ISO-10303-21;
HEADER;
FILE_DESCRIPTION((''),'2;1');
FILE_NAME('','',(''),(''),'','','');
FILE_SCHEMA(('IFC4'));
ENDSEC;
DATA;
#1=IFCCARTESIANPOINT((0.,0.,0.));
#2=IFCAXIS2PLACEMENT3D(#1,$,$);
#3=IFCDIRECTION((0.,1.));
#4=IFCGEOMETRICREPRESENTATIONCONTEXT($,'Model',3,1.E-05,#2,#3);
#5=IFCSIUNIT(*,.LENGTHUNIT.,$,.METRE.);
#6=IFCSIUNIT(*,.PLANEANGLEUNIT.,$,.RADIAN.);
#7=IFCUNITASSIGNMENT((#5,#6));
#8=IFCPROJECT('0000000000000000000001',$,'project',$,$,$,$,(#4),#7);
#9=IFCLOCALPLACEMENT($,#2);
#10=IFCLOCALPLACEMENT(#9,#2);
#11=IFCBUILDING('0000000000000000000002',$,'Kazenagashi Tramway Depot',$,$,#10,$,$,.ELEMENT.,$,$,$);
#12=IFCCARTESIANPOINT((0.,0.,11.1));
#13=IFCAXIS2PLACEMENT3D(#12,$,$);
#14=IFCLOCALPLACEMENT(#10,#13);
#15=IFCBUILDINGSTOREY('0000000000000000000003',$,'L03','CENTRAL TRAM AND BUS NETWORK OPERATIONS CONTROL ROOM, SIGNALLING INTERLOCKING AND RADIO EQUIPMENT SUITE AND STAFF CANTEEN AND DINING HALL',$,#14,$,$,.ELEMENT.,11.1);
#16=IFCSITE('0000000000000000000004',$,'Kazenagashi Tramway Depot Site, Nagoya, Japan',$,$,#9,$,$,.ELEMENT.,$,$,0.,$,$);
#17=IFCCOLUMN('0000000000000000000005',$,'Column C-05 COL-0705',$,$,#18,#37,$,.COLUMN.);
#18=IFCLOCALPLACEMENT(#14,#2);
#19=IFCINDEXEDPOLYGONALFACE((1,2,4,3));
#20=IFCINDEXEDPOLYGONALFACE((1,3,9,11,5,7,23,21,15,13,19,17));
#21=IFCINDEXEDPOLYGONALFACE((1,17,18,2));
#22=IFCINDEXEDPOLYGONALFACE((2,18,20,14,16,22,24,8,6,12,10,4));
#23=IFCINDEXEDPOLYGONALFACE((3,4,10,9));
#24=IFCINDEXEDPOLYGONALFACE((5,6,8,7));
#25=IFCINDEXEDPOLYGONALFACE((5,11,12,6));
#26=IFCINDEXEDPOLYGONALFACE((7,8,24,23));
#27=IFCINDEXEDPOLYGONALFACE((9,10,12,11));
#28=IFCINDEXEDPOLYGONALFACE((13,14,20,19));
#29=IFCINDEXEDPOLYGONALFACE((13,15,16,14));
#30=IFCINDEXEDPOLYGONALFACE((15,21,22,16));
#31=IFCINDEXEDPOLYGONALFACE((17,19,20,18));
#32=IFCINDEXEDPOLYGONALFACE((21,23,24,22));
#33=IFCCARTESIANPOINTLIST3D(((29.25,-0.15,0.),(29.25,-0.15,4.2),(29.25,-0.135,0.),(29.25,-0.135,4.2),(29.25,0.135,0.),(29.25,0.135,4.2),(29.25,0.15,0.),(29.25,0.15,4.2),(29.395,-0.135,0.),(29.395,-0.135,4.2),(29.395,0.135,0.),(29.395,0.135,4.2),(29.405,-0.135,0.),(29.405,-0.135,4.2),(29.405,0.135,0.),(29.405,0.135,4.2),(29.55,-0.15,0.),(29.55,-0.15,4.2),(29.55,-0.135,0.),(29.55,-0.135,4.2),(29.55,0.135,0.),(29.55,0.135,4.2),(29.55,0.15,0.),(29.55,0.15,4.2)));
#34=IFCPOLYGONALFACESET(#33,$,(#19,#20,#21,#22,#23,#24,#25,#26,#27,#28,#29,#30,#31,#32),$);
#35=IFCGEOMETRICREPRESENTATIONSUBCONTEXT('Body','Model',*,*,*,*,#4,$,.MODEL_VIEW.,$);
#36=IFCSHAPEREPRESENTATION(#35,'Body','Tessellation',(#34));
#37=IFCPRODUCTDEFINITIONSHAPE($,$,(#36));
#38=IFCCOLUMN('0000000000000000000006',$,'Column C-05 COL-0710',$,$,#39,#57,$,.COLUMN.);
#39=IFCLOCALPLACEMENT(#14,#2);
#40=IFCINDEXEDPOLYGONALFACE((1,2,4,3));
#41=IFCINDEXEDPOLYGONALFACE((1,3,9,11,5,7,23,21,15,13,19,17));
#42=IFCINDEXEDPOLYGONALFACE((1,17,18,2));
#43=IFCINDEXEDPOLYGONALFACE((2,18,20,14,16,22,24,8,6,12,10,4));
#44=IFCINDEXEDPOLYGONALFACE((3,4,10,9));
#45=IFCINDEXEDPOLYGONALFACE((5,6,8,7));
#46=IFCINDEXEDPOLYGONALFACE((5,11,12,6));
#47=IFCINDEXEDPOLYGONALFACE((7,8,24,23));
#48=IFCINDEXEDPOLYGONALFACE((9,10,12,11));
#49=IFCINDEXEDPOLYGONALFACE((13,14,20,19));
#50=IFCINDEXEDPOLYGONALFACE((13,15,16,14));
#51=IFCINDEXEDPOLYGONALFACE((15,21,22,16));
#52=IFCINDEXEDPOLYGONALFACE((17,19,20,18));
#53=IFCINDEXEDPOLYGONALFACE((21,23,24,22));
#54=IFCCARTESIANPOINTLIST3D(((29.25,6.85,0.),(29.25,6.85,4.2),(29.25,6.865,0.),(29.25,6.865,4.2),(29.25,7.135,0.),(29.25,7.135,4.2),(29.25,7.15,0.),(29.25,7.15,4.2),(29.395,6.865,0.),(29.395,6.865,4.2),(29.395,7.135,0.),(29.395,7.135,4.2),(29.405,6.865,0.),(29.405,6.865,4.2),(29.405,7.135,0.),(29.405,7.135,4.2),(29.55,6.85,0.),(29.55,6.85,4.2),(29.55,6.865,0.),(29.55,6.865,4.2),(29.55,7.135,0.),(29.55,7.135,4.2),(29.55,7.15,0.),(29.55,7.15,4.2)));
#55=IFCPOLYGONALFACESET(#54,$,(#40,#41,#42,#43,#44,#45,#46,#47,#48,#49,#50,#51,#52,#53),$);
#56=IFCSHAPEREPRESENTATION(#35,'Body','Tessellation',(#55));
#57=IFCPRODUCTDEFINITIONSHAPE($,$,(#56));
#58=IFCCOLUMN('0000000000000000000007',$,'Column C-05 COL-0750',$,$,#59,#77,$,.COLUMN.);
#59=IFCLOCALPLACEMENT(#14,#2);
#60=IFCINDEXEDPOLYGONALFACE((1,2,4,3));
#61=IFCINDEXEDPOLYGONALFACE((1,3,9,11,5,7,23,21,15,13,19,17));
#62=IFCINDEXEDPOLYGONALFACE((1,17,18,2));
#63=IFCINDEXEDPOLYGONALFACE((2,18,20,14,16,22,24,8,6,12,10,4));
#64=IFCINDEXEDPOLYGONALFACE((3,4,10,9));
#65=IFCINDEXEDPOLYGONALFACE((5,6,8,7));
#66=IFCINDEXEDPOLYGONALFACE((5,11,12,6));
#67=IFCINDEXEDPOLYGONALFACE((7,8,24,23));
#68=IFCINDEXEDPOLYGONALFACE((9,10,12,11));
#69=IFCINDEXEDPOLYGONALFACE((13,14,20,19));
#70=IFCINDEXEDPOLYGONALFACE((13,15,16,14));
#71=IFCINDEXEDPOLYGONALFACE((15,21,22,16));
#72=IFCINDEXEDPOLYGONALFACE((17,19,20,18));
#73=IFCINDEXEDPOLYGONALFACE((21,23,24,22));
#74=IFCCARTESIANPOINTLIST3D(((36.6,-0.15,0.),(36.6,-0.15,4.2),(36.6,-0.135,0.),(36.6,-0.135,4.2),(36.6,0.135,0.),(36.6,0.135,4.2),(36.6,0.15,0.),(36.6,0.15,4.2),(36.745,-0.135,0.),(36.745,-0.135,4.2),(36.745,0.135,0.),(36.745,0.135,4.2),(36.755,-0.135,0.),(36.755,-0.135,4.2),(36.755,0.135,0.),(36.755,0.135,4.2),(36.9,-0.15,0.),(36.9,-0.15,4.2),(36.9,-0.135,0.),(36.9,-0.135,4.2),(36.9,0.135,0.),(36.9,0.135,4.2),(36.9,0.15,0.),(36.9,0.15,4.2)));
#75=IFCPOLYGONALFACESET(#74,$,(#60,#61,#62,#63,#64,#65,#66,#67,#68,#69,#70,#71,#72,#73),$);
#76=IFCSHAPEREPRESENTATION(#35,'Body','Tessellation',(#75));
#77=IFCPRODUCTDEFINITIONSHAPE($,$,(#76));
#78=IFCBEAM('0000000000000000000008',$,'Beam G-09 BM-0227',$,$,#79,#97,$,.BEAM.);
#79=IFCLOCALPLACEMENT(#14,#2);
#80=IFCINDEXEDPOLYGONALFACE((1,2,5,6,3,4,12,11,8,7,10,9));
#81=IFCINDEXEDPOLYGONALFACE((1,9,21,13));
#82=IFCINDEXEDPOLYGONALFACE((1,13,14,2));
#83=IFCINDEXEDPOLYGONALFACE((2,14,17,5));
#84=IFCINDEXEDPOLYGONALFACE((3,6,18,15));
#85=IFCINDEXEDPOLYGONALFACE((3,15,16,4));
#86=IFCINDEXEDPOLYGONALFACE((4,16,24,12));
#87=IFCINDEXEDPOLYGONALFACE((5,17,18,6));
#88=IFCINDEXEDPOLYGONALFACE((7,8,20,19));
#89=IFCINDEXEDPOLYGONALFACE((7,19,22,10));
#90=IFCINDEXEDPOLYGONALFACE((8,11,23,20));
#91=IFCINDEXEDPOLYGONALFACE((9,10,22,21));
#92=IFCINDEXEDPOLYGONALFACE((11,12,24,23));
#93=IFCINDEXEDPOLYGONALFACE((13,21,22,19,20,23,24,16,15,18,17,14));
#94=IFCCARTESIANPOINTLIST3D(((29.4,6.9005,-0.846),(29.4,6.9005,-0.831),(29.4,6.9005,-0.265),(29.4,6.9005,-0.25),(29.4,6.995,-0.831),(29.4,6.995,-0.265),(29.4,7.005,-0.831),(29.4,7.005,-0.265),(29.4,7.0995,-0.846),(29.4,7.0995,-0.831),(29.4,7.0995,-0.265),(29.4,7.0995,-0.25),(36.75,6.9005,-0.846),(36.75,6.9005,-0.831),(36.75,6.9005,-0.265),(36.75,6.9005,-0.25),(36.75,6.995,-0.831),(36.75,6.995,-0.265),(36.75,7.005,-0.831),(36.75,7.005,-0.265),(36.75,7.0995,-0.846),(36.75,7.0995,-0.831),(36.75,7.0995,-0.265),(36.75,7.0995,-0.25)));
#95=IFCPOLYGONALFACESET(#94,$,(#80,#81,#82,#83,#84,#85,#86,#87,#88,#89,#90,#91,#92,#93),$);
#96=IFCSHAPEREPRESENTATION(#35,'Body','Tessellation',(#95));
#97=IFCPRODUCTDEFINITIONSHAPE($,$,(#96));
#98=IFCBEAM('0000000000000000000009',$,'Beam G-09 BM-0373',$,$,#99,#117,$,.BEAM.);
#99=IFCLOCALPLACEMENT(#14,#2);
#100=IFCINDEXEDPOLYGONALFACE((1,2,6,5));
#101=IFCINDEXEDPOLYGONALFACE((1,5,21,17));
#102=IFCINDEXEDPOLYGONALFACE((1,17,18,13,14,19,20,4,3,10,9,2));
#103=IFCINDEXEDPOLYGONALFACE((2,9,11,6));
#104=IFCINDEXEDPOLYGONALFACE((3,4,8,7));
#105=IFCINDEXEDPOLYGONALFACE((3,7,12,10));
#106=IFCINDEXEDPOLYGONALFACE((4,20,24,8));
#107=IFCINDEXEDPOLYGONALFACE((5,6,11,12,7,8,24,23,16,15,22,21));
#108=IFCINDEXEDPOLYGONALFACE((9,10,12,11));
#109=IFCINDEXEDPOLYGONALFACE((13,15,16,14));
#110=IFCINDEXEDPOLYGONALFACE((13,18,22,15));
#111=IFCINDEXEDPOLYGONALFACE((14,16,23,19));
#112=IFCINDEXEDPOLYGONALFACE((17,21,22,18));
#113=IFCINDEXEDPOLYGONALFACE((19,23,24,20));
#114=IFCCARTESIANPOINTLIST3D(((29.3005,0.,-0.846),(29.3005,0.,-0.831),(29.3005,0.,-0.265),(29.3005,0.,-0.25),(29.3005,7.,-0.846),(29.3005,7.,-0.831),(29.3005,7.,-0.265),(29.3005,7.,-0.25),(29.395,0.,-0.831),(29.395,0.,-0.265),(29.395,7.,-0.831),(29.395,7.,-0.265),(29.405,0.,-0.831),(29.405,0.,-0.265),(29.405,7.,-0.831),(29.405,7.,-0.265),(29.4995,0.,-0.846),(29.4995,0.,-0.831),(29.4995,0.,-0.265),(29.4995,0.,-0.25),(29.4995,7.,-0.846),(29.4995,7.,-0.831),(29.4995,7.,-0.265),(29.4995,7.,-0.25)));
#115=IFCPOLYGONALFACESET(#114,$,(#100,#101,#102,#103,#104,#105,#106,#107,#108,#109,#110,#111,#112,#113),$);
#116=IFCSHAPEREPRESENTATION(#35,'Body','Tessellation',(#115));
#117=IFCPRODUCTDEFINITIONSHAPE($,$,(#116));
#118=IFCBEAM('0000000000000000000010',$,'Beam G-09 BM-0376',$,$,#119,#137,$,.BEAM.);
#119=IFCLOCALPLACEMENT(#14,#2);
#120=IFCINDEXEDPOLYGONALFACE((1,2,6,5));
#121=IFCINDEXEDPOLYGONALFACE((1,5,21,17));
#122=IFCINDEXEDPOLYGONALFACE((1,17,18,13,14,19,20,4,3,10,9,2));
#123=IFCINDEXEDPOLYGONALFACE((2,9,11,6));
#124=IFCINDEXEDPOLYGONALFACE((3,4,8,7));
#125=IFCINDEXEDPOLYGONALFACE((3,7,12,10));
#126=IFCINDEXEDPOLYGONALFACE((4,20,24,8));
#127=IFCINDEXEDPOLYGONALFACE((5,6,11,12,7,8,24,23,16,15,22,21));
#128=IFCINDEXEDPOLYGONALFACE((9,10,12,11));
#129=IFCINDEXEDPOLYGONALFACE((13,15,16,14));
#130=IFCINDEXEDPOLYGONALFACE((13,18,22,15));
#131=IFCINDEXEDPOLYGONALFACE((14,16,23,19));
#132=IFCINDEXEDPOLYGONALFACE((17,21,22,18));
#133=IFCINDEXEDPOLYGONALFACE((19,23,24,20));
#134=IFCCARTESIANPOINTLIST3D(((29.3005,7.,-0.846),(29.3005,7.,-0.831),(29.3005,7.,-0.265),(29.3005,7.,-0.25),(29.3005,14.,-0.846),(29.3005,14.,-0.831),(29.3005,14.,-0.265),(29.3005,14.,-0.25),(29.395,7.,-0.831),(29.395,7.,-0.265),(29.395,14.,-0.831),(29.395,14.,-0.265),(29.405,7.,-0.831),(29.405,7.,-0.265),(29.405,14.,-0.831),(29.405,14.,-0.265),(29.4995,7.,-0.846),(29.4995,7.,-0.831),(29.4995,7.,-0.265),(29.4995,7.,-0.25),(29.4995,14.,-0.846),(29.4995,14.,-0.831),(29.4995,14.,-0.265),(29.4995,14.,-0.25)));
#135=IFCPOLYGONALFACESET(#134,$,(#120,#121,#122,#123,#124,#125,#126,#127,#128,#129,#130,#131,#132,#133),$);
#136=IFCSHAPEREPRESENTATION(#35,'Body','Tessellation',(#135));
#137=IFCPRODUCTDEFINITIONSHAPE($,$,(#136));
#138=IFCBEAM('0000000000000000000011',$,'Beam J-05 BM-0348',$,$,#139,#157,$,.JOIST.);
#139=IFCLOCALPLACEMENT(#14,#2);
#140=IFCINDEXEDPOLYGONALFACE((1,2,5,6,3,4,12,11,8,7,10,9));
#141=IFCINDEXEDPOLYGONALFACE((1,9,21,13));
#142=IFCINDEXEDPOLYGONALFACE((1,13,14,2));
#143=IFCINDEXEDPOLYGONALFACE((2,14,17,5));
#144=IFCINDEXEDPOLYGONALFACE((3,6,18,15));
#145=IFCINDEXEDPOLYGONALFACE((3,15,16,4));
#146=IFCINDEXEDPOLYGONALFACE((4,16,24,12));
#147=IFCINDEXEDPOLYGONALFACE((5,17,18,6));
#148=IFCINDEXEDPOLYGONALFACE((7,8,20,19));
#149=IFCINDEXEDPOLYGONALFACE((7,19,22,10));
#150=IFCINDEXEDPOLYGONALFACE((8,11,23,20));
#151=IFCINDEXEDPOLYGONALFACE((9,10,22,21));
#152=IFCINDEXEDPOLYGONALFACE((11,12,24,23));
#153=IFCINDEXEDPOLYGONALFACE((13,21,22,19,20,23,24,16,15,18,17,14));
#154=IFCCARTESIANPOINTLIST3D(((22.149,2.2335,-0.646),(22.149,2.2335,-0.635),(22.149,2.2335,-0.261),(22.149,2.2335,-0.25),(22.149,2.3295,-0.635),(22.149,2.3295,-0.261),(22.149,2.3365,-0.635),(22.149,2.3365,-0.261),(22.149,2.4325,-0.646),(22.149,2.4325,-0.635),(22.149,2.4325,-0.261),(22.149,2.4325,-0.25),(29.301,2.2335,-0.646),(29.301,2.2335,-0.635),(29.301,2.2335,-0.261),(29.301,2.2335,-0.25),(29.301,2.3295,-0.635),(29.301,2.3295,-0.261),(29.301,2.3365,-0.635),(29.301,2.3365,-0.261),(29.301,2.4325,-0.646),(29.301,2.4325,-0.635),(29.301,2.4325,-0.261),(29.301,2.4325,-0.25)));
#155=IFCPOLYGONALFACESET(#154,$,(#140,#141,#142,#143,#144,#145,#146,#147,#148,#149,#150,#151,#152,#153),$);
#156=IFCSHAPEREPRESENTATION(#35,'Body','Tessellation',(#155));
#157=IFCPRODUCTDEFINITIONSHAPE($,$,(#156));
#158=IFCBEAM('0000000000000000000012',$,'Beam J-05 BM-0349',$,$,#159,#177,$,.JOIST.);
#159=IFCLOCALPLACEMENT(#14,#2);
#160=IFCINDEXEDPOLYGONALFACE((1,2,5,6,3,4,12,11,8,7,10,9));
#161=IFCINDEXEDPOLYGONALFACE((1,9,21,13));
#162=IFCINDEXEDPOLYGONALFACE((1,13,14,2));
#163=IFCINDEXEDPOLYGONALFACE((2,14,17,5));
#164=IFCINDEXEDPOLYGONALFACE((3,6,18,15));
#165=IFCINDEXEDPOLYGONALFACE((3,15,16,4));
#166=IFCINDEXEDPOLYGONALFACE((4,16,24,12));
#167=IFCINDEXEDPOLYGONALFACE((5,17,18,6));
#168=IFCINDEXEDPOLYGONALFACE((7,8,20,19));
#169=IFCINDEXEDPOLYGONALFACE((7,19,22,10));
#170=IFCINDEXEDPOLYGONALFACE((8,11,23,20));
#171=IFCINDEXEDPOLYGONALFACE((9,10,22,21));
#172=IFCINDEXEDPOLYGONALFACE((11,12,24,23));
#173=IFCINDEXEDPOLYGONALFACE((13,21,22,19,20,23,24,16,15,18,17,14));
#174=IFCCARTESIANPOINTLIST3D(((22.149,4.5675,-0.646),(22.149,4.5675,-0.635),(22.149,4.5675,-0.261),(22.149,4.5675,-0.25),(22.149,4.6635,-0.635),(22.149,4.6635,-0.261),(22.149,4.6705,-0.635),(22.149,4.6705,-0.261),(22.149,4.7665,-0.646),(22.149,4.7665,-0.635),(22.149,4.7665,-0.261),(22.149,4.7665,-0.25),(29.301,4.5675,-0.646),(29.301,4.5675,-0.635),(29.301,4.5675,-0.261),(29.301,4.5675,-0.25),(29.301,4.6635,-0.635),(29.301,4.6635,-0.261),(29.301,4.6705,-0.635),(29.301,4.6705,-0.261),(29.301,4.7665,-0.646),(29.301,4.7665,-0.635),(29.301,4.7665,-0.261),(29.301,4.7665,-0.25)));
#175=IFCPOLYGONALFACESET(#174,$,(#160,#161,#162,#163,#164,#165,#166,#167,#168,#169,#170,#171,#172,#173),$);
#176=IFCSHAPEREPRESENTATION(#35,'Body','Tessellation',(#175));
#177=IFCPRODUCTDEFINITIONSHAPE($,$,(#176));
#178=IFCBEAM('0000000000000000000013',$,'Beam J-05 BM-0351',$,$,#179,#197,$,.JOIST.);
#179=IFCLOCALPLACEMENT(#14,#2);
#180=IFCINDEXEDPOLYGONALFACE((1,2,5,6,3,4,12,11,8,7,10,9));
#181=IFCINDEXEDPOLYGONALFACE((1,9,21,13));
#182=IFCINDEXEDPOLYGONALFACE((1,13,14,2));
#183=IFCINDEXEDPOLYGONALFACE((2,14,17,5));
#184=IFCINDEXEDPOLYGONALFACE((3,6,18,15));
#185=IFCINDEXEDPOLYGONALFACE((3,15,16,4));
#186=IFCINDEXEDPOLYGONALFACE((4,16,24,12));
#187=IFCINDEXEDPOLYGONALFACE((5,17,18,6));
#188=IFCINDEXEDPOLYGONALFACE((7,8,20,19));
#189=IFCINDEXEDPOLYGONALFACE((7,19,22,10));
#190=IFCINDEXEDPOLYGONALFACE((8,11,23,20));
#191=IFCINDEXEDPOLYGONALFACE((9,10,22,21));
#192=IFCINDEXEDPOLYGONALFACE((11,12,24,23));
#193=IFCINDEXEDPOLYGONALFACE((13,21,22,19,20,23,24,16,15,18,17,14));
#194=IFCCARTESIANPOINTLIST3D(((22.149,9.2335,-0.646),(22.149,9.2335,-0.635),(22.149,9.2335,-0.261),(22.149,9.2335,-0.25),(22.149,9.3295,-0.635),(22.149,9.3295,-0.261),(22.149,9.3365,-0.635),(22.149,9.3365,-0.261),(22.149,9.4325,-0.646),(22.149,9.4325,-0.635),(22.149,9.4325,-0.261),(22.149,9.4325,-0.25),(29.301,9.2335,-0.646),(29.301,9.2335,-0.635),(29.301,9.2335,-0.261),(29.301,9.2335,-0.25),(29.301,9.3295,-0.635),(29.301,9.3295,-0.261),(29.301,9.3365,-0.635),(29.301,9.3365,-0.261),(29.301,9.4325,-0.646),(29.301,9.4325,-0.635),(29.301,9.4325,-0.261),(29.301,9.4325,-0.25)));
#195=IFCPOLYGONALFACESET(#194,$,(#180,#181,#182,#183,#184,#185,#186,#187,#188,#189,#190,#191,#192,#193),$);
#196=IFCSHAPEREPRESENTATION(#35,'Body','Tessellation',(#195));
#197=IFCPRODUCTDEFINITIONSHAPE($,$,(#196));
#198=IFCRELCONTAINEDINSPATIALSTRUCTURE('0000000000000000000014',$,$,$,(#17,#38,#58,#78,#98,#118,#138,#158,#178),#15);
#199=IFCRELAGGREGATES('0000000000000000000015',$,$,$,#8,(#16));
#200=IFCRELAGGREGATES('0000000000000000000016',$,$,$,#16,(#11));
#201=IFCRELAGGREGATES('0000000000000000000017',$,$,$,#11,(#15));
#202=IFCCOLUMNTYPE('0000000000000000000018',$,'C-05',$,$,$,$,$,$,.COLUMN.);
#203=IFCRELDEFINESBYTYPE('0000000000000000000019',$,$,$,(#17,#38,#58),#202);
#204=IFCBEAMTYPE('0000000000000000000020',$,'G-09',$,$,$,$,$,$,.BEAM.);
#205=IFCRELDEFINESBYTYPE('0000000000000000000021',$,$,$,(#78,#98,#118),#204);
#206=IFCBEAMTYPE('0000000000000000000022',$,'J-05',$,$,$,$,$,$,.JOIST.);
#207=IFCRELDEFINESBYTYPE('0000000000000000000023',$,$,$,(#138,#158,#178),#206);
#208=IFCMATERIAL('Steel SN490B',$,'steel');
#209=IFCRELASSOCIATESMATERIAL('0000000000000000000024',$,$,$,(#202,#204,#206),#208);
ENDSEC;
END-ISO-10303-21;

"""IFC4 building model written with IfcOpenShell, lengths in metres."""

from ifc_helpers import new_model, si_unit, direction, frame, origin, origin_2d, place, context, subcontext, project, spatial, i_section, extrude, material, material_profile, profile_set, type_object, element, save


model = new_model("IFC4")

# Units and contexts
model_context = context("Model", 3, precision=1e-05, world=origin(), true_north=direction((0.0, 1.0)))
body_context = subcontext(model_context, "Body", "Model", "MODEL_VIEW")
ifc_project = project(units=[si_unit("LENGTHUNIT", "METRE"), si_unit("PLANEANGLEUNIT", "RADIAN")], contexts=[model_context])

# Site, building, storey
site_placement = place(None, origin())
site = spatial("IfcSite", under=ifc_project, at=site_placement, Name="Kazenagashi Tramway Depot Site, Nagoya, Japan", CompositionType="ELEMENT", RefElevation=0.0)
building_placement = place(site_placement, origin())
building = spatial("IfcBuilding", under=site, at=building_placement, Name="Kazenagashi Tramway Depot", CompositionType="ELEMENT")
storey_placement = place(building_placement, frame((0.0, 0.0, 11.1)))
storey = spatial("IfcBuildingStorey", under=building, at=storey_placement, Name="L03", Description="CENTRAL TRAM AND BUS NETWORK OPERATIONS CONTROL ROOM, SIGNALLING INTERLOCKING AND RADIO EQUIPMENT SUITE AND STAFF CANTEEN AND DINING HALL", CompositionType="ELEMENT", Elevation=11.1)

# Columns
ifc_material_1 = material(Name="Steel SN490B", Category="steel")
ifc_material_profile_1 = material_profile(ifc_material_1, i_section(OverallWidth=0.3, OverallDepth=0.3, WebThickness=0.01, FlangeThickness=0.015, at=origin_2d()), Name="H-300x300x10x15")
ifc_profile_set_1 = profile_set([ifc_material_profile_1], Name="Steel SN490B")
column_type = type_object("IfcColumnType", Name="C-05", PredefinedType="COLUMN", material=ifc_profile_set_1)
for number, where, z_axis, x_axis, name in (
    (1, (29.4, 0.0, 0.0), (0.0, 0.0, 1.0), (1.0, 0.0, 0.0), "Column C-05 COL-0705"),
    (2, (29.4, 7.0, 0.0), (0.0, 0.0, 1.0), (1.0, 0.0, 0.0), "Column C-05 COL-0710"),
    (3, (36.75, 0.0, 0.0), (0.0, 0.0, 1.0), (1.0, 0.0, 0.0), "Column C-05 COL-0750"),
):
    element("IfcColumn", number, at=place(storey_placement, frame(where, z_axis=z_axis, x_axis=x_axis)), inside=storey, type_object=column_type, Name=name, PredefinedType="COLUMN", context=body_context, shape_type="SweptSolid", body=[
        extrude(i_section(OverallWidth=0.3, OverallDepth=0.3, WebThickness=0.01, FlangeThickness=0.015, at=origin_2d()), origin(), (0.0, 0.0, 1.0), 4.2),
    ])

# Beams
ifc_material_profile_2 = material_profile(ifc_material_1, i_section(OverallWidth=0.199, OverallDepth=0.596, WebThickness=0.01, FlangeThickness=0.015, at=origin_2d()), Name="H-596x199x10x15")
ifc_profile_set_2 = profile_set([ifc_material_profile_2], Name="Steel SN490B")
beam_type_1 = type_object("IfcBeamType", Name="G-09", PredefinedType="BEAM", material=ifc_profile_set_2)
beam_1_placement = place(storey_placement, frame((29.4, 7.0, -0.548), z_axis=(1.0, 0.0, 0.0), x_axis=(0.0, 1.0, 0.0)))
element("IfcBeam", 4, at=beam_1_placement, inside=storey, type_object=beam_type_1, Name="Beam G-09 BM-0227", PredefinedType="BEAM", context=body_context, shape_type="SweptSolid", body=[
    extrude(i_section(OverallWidth=0.199, OverallDepth=0.596, WebThickness=0.01, FlangeThickness=0.015, at=origin_2d()), origin(), (0.0, 0.0, 1.0), 7.35),
])
for number, where, z_axis, x_axis, name in (
    (5, (29.4, 0.0, -0.548), (0.0, 1.0, 0.0), (-1.0, 0.0, 0.0), "Beam G-09 BM-0373"),
    (6, (29.4, 7.0, -0.548), (0.0, 1.0, 0.0), (-1.0, 0.0, 0.0), "Beam G-09 BM-0376"),
):
    element("IfcBeam", number, at=place(storey_placement, frame(where, z_axis=z_axis, x_axis=x_axis)), inside=storey, type_object=beam_type_1, Name=name, PredefinedType="BEAM", context=body_context, shape_type="SweptSolid", body=[
        extrude(i_section(OverallWidth=0.199, OverallDepth=0.596, WebThickness=0.01, FlangeThickness=0.015, at=origin_2d()), origin(), (0.0, 0.0, 1.0), 7.0),
    ])
ifc_material_profile_3 = material_profile(ifc_material_1, i_section(OverallWidth=0.199, OverallDepth=0.396, WebThickness=0.007, FlangeThickness=0.011, at=origin_2d()), Name="H-396x199x7x11")
ifc_profile_set_3 = profile_set([ifc_material_profile_3], Name="Steel SN490B")
beam_type_2 = type_object("IfcBeamType", Name="J-05", PredefinedType="JOIST", material=ifc_profile_set_3)
for number, where, z_axis, x_axis, name in (
    (7, (22.149, 2.333, -0.448), (1.0, 0.0, 0.0), (0.0, 1.0, 0.0), "Beam J-05 BM-0348"),
    (8, (22.149, 4.667, -0.448), (1.0, 0.0, 0.0), (0.0, 1.0, 0.0), "Beam J-05 BM-0349"),
    (9, (22.149, 9.333, -0.448), (1.0, 0.0, 0.0), (0.0, 1.0, 0.0), "Beam J-05 BM-0351"),
):
    element("IfcBeam", number, at=place(storey_placement, frame(where, z_axis=z_axis, x_axis=x_axis)), inside=storey, type_object=beam_type_2, Name=name, PredefinedType="JOIST", context=body_context, shape_type="SweptSolid", body=[
        extrude(i_section(OverallWidth=0.199, OverallDepth=0.396, WebThickness=0.007, FlangeThickness=0.011, at=origin_2d()), origin(), (0.0, 0.0, 1.0), 7.152),
    ])

save(model, "model.ifc")
